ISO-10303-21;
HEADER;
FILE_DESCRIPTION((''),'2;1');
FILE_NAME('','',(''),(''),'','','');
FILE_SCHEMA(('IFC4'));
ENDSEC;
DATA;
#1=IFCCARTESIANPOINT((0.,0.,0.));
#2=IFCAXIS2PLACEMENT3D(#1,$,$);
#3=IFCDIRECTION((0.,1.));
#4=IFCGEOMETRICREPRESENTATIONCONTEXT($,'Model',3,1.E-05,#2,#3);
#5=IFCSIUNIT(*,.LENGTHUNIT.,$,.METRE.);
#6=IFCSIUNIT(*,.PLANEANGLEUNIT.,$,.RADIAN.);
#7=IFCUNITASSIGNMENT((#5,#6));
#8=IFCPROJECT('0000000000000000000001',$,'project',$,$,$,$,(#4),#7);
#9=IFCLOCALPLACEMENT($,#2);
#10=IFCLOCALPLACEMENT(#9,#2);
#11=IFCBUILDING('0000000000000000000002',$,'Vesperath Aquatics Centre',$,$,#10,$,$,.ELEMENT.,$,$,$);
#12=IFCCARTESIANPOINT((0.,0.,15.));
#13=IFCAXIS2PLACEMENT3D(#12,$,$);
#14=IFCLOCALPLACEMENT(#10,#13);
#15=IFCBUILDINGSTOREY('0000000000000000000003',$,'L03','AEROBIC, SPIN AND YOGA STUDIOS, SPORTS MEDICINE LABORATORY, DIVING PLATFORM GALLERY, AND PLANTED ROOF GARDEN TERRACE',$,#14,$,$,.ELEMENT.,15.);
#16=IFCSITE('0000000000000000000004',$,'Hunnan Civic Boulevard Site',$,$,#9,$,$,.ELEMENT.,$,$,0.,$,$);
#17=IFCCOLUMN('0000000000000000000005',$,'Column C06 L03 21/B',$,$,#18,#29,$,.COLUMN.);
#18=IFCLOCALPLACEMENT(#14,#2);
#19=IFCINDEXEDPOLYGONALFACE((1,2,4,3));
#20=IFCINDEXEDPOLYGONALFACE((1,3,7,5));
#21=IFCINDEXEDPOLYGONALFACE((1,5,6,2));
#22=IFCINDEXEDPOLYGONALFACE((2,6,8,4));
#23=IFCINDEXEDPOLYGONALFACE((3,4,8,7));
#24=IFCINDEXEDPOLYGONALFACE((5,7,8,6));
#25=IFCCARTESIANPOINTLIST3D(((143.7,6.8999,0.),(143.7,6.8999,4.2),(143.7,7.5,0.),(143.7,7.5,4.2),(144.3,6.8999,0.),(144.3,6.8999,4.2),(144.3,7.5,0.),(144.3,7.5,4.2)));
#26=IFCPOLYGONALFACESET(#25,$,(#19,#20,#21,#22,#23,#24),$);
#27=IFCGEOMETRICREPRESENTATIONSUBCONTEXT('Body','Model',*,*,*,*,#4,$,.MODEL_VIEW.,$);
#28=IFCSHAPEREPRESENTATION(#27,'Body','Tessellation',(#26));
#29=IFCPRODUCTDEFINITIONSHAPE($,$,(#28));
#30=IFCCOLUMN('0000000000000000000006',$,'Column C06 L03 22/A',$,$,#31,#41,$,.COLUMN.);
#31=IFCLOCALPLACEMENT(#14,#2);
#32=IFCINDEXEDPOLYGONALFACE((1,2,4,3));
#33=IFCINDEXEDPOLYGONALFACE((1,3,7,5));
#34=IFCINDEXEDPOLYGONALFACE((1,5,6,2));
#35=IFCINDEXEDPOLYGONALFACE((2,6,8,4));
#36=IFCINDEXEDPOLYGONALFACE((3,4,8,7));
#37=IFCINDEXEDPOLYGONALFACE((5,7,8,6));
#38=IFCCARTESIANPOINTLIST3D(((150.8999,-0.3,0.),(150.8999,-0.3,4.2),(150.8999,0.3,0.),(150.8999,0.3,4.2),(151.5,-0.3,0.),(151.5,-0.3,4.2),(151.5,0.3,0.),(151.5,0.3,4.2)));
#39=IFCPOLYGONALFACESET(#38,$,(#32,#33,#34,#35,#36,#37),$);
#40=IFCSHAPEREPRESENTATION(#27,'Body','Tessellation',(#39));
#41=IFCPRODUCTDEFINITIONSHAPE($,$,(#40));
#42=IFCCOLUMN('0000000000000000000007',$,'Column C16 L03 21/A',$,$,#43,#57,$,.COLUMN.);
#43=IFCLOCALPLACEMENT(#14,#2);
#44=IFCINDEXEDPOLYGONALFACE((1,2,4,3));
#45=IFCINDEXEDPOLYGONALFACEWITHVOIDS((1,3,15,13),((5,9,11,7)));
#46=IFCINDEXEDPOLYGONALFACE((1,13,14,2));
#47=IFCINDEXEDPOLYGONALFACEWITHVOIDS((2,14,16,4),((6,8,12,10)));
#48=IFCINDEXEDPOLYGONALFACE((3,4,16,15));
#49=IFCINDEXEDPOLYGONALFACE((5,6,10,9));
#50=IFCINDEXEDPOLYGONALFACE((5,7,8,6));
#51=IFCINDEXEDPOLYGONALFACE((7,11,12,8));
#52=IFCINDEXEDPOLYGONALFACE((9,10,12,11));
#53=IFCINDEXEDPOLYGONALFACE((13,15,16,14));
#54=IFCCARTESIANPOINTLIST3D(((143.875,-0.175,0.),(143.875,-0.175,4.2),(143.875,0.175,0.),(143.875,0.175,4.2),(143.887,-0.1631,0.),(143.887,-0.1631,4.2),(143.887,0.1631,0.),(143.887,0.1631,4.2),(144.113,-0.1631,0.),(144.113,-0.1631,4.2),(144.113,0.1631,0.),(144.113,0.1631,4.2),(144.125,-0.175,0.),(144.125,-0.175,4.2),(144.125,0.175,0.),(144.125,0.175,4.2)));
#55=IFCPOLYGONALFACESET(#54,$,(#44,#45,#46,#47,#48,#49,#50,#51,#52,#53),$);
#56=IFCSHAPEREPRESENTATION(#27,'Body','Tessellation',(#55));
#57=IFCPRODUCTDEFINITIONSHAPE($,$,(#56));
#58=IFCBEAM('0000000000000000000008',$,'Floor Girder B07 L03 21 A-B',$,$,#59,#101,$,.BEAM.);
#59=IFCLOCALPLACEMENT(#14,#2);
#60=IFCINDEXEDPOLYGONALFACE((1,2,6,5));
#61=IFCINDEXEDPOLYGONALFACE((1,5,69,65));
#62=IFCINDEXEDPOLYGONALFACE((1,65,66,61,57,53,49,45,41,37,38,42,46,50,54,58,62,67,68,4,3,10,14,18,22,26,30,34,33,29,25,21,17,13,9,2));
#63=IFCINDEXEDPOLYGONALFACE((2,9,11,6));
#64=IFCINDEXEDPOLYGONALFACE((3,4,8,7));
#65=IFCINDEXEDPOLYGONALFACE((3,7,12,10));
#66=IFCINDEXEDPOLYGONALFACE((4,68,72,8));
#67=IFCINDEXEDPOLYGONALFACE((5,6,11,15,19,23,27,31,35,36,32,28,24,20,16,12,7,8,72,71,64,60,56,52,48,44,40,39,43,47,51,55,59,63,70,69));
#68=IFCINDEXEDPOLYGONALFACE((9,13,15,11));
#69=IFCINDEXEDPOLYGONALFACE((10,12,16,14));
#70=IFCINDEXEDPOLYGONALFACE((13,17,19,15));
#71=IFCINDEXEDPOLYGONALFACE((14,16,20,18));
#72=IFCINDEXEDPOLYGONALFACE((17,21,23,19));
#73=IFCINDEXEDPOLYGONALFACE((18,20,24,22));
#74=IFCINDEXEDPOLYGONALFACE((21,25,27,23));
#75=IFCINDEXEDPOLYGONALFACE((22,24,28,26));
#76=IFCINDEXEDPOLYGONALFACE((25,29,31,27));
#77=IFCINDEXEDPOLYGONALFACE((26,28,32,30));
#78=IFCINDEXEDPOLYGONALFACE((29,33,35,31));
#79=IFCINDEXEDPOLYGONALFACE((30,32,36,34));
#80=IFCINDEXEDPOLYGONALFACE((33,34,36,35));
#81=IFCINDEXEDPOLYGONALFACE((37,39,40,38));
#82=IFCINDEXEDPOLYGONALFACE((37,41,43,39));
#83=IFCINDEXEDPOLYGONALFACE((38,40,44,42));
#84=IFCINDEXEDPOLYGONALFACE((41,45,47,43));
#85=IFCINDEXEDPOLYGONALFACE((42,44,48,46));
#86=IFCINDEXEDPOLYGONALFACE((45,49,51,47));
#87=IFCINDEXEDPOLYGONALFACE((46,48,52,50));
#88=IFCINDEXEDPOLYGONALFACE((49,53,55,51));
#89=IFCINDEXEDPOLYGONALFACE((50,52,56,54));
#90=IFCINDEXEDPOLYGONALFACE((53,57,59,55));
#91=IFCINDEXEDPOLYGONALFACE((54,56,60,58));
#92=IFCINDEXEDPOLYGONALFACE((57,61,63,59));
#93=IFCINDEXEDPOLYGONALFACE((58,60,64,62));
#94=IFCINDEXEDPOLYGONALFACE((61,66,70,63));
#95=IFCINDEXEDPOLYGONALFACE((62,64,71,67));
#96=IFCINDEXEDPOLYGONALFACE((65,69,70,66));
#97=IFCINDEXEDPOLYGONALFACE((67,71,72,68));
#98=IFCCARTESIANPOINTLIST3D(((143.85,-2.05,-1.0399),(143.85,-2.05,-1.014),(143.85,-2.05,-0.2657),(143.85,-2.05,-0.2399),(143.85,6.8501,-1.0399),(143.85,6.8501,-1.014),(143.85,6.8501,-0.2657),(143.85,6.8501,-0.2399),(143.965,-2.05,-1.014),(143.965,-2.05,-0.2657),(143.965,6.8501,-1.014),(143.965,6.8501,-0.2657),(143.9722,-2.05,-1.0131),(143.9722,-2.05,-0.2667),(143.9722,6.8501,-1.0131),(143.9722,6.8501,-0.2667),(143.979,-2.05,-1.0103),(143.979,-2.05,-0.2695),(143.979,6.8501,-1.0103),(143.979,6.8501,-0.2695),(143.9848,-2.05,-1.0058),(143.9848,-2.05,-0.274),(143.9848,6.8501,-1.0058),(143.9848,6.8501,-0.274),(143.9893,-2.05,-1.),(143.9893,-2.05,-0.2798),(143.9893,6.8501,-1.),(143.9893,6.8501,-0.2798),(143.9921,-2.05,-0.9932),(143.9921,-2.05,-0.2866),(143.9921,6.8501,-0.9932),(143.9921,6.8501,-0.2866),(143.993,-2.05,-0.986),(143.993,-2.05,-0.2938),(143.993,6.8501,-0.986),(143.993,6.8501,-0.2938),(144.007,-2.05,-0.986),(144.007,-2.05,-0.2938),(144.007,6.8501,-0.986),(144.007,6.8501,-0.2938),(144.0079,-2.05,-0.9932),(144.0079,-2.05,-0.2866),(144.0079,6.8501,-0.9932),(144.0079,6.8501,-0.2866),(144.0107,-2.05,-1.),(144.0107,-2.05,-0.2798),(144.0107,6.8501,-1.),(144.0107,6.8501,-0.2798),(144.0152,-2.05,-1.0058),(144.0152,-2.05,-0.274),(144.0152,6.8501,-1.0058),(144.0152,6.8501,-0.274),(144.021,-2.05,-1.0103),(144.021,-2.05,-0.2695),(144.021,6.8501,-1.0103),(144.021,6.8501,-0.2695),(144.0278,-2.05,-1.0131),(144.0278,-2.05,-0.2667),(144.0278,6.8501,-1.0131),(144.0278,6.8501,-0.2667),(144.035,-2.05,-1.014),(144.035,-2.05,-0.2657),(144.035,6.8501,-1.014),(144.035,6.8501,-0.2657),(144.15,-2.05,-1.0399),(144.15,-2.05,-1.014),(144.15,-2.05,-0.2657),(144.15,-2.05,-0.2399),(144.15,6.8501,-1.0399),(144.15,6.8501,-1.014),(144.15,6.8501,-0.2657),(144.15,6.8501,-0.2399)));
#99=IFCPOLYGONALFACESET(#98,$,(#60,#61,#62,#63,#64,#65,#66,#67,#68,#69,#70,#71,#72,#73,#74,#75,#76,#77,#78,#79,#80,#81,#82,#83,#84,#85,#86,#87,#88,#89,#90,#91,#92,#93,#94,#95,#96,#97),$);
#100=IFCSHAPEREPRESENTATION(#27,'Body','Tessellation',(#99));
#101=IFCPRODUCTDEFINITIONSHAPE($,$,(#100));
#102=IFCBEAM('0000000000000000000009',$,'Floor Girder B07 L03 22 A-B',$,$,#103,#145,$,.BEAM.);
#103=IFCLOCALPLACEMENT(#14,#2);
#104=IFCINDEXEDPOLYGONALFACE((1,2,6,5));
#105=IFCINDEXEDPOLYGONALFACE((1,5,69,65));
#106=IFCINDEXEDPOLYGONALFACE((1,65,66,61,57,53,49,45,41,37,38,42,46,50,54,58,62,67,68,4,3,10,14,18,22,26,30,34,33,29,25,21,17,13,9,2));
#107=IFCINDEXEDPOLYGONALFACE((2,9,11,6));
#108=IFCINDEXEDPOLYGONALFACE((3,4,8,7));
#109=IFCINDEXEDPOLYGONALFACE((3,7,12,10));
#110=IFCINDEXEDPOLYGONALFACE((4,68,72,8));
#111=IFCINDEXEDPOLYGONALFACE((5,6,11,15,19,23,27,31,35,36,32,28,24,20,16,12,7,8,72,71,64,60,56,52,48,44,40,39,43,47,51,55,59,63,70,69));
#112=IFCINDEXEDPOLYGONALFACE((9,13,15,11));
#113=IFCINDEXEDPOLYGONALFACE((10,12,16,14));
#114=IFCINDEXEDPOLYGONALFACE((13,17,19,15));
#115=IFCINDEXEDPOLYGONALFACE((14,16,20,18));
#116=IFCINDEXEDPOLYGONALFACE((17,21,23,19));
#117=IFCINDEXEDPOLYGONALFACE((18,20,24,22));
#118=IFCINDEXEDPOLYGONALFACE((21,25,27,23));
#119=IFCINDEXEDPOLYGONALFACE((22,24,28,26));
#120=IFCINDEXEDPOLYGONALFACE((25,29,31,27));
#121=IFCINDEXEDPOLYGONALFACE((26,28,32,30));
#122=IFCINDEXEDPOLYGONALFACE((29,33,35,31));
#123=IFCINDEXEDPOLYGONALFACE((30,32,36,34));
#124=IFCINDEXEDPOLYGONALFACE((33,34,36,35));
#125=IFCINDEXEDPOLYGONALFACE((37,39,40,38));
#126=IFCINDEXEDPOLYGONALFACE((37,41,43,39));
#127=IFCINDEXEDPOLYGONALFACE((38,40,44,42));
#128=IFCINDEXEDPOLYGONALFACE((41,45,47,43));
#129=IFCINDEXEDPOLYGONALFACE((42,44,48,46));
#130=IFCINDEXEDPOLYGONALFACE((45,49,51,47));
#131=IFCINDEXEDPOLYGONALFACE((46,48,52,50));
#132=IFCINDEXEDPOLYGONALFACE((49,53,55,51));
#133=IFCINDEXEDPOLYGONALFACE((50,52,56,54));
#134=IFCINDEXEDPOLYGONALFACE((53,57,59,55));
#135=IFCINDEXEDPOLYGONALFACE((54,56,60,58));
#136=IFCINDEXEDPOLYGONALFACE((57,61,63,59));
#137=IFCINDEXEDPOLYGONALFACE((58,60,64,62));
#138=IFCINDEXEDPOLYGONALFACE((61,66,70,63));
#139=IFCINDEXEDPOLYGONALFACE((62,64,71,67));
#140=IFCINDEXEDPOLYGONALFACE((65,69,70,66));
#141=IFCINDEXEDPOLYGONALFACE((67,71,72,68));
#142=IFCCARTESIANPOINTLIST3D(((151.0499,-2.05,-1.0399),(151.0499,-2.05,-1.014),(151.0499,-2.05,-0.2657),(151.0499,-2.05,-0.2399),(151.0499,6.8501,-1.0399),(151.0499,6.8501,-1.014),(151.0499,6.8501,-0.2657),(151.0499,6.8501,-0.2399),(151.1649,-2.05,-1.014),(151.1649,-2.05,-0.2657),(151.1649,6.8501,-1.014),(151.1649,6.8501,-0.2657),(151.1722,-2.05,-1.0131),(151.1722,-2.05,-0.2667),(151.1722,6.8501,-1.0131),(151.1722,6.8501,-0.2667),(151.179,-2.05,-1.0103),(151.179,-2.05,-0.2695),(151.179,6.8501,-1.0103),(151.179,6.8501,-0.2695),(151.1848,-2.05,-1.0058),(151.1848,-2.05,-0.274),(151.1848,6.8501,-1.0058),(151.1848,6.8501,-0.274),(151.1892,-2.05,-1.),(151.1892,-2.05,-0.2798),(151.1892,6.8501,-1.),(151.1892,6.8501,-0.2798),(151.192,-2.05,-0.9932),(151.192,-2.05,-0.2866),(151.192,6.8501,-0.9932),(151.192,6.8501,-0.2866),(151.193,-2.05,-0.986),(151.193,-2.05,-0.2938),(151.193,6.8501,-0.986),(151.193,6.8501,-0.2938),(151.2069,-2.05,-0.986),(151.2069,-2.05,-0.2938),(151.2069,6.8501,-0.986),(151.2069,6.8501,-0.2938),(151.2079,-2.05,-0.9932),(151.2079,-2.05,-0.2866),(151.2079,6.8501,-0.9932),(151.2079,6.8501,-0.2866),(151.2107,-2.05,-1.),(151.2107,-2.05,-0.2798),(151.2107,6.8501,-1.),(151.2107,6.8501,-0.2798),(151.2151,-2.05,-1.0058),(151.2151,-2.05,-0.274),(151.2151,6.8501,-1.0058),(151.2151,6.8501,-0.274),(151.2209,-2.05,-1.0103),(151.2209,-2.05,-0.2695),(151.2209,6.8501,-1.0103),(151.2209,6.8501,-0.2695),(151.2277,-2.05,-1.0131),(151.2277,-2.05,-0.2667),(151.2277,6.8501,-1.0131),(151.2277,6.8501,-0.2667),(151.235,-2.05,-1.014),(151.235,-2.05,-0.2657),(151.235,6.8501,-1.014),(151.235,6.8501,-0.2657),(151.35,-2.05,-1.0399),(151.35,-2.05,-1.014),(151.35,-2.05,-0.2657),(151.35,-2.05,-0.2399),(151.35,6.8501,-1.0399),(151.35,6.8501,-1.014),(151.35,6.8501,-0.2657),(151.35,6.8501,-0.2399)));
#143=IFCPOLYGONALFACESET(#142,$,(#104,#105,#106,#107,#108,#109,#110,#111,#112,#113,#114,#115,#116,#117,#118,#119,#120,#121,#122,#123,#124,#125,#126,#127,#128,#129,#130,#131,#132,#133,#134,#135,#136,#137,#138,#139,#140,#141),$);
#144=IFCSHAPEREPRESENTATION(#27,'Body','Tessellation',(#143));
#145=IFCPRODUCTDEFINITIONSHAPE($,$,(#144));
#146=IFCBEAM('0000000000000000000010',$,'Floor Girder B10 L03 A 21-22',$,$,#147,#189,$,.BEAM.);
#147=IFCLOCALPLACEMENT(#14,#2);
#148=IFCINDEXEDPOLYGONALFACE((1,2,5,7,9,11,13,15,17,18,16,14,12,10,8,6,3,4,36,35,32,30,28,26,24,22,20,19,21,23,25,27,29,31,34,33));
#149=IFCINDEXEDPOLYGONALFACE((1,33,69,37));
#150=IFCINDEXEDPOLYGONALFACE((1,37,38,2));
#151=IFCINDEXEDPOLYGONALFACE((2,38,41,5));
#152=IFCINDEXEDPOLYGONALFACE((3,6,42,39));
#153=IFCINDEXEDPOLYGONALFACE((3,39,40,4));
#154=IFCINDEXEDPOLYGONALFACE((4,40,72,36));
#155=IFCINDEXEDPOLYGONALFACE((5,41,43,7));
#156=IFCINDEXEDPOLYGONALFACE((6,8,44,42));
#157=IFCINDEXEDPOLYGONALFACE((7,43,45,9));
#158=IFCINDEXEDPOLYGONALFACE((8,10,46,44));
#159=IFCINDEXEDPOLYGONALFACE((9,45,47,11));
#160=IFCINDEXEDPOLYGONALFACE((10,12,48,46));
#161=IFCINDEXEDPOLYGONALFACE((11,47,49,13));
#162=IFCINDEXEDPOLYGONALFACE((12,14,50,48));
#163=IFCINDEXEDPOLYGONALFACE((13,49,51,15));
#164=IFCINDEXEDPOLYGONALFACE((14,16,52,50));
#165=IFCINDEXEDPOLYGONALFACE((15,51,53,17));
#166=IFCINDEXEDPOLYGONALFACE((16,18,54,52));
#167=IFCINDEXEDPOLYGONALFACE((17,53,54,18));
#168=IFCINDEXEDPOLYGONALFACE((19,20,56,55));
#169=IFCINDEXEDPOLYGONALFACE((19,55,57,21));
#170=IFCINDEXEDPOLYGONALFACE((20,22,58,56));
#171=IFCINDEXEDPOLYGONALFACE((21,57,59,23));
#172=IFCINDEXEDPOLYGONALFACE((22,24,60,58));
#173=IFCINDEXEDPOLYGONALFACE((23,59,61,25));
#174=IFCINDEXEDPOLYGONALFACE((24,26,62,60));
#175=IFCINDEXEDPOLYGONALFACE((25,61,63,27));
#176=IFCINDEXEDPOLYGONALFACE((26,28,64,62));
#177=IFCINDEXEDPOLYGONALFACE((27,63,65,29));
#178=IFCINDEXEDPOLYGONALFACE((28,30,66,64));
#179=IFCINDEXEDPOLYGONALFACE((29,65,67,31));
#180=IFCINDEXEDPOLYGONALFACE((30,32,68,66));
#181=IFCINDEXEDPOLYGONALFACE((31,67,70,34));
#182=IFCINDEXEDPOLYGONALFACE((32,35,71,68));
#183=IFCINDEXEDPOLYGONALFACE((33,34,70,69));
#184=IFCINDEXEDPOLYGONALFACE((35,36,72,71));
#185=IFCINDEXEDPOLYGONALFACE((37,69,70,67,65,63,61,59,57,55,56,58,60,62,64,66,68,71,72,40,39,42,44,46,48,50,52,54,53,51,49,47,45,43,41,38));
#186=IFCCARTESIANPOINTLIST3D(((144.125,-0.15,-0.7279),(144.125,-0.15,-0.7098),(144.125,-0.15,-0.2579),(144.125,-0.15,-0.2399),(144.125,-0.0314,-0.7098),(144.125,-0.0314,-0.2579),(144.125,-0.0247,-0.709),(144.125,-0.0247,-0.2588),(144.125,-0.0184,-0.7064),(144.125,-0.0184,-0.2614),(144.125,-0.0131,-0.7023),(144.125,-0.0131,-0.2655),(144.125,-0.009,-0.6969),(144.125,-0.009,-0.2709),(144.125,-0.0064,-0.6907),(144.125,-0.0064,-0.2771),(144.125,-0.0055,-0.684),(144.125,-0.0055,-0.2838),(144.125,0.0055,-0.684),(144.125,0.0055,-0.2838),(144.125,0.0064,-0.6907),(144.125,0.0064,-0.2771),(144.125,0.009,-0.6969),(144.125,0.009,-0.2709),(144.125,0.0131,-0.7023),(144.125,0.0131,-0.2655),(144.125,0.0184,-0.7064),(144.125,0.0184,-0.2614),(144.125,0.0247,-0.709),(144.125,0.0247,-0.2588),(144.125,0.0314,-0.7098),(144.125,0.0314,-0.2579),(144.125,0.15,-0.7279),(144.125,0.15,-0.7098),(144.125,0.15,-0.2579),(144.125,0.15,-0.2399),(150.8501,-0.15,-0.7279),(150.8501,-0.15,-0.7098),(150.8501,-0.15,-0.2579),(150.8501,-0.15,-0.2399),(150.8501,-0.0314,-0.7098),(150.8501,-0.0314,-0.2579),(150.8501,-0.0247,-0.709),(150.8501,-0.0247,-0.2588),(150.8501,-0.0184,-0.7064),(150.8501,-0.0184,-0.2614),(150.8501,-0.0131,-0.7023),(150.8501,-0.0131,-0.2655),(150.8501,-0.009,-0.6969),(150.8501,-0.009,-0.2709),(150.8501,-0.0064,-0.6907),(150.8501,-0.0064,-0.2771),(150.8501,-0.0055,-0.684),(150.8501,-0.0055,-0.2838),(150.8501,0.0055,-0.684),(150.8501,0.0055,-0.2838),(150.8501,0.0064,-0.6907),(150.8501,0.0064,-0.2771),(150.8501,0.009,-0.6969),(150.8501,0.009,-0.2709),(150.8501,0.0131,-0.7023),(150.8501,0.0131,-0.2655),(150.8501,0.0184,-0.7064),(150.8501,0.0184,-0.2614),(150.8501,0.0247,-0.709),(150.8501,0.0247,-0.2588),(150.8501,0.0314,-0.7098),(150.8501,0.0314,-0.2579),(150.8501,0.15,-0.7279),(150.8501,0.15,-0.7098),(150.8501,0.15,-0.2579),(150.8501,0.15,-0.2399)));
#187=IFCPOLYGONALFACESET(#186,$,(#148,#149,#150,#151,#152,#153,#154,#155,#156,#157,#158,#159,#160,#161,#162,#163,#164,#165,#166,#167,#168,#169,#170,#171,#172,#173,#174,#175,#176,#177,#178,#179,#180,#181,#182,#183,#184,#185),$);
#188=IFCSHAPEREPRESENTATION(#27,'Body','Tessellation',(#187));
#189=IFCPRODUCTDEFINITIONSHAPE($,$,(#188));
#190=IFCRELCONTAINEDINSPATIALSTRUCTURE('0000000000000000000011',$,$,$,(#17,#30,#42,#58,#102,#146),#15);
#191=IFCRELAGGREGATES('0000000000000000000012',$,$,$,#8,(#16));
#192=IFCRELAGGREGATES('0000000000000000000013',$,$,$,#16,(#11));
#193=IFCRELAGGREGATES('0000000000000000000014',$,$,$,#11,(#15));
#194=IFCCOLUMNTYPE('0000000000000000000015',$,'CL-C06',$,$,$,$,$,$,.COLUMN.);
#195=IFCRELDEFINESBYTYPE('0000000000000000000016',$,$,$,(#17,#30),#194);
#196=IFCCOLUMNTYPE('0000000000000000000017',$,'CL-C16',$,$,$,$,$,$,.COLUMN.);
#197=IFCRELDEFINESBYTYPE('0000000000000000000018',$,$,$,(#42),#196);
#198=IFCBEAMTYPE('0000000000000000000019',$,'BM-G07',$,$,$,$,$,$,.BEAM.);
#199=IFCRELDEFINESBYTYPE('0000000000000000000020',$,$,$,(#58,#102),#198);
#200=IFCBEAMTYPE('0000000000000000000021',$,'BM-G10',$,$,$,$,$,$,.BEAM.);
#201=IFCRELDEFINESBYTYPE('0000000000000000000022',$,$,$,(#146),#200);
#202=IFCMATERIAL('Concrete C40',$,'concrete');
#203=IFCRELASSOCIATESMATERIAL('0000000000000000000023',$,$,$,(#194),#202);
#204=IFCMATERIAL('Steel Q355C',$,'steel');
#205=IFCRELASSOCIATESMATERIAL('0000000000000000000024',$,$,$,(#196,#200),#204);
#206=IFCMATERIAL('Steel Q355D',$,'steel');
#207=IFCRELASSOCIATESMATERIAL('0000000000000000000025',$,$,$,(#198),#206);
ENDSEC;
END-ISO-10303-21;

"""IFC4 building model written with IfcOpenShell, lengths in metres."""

from ifc_helpers import new_model, si_unit, direction, frame, origin, origin_2d, place, context, subcontext, project, spatial, rectangle, hollow_rectangle, i_section, extrude, material, material_profile, profile_set, type_object, element, save


model = new_model("IFC4")

# Units and contexts
model_context = context("Model", 3, precision=1e-05, world=origin(), true_north=direction((0.0, 1.0)))
body_context = subcontext(model_context, "Body", "Model", "MODEL_VIEW")
ifc_project = project(units=[si_unit("LENGTHUNIT", "METRE"), si_unit("PLANEANGLEUNIT", "RADIAN")], contexts=[model_context])

# Site, building, storey
site_placement = place(None, origin())
site = spatial("IfcSite", under=ifc_project, at=site_placement, Name="Hunnan Civic Boulevard Site", CompositionType="ELEMENT", RefElevation=0.0)
building_placement = place(site_placement, origin())
building = spatial("IfcBuilding", under=site, at=building_placement, Name="Vesperath Aquatics Centre", CompositionType="ELEMENT")
storey_placement = place(building_placement, frame((0.0, 0.0, 15.0)))
storey = spatial("IfcBuildingStorey", under=building, at=storey_placement, Name="L03", Description="AEROBIC, SPIN AND YOGA STUDIOS, SPORTS MEDICINE LABORATORY, DIVING PLATFORM GALLERY, AND PLANTED ROOF GARDEN TERRACE", CompositionType="ELEMENT", Elevation=15.0)

# Columns
ifc_material_1 = material(Name="Concrete C40", Category="concrete")
ifc_material_profile_1 = material_profile(ifc_material_1, rectangle(XDim=0.6001, YDim=0.6001, at=origin_2d()), Name="RC 600x600")
ifc_profile_set_1 = profile_set([ifc_material_profile_1], Name="Concrete C40")
column_type_1 = type_object("IfcColumnType", Name="CL-C06", PredefinedType="COLUMN", material=ifc_profile_set_1)
for number, where, z_axis, x_axis, name in (
    (1, (144.0, 7.2, 0.0), (0.0, 0.0, 1.0), (1.0, 0.0, 0.0), "Column C06 L03 21/B"),
    (2, (151.2, 0.0, 0.0), (0.0, 0.0, 1.0), (1.0, 0.0, 0.0), "Column C06 L03 22/A"),
):
    element("IfcColumn", number, at=place(storey_placement, frame(where, z_axis=z_axis, x_axis=x_axis)), inside=storey, type_object=column_type_1, Name=name, PredefinedType="COLUMN", context=body_context, shape_type="SweptSolid", body=[
        extrude(rectangle(XDim=0.6001, YDim=0.6001, at=origin_2d()), origin(), (0.0, 0.0, 1.0), 4.2),
    ])
ifc_material_2 = material(Name="Steel Q355C", Category="steel")
ifc_material_profile_2 = material_profile(ifc_material_2, hollow_rectangle(XDim=0.25, YDim=0.3501, WallThickness=0.012, at=origin_2d()), Name="RHS 350x250x12")
ifc_profile_set_2 = profile_set([ifc_material_profile_2], Name="Steel Q355C")
column_type_2 = type_object("IfcColumnType", Name="CL-C16", PredefinedType="COLUMN", material=ifc_profile_set_2)
column_placement = place(storey_placement, frame((144.0, 0.0, 0.0), z_axis=(0.0, 0.0, 1.0), x_axis=(1.0, 0.0, 0.0)))
element("IfcColumn", 3, at=column_placement, inside=storey, type_object=column_type_2, Name="Column C16 L03 21/A", PredefinedType="COLUMN", context=body_context, shape_type="SweptSolid", body=[
    extrude(hollow_rectangle(XDim=0.25, YDim=0.3501, WallThickness=0.012, at=origin_2d()), origin(), (0.0, 0.0, 1.0), 4.2),
])

# Beams
ifc_material_3 = material(Name="Steel Q355D", Category="steel")
ifc_material_profile_3 = material_profile(ifc_material_3, i_section(OverallWidth=0.3, OverallDepth=0.8, WebThickness=0.0139, FlangeThickness=0.0259, FilletRadius=0.0281, at=origin_2d()), Name="HN 800x300x14x26")
ifc_profile_set_3 = profile_set([ifc_material_profile_3], Name="Steel Q355D")
beam_type_1 = type_object("IfcBeamType", Name="BM-G07", PredefinedType="BEAM", material=ifc_profile_set_3)
for number, where, z_axis, x_axis, name in (
    (4, (144.0, -2.05, -0.6399), (0.0, 1.0, 0.0), (-1.0, 0.0, 0.0), "Floor Girder B07 L03 21 A-B"),
    (5, (151.2, -2.05, -0.6399), (0.0, 1.0, 0.0), (-1.0, 0.0, 0.0), "Floor Girder B07 L03 22 A-B"),
):
    element("IfcBeam", number, at=place(storey_placement, frame(where, z_axis=z_axis, x_axis=x_axis)), inside=storey, type_object=beam_type_1, Name=name, PredefinedType="BEAM", context=body_context, shape_type="SweptSolid", body=[
        extrude(i_section(OverallWidth=0.3, OverallDepth=0.8, WebThickness=0.0139, FlangeThickness=0.0259, FilletRadius=0.0281, at=origin_2d()), origin(), (0.0, 0.0, 1.0), 8.9001),
    ])
ifc_material_profile_4 = material_profile(ifc_material_2, i_section(OverallWidth=0.3, OverallDepth=0.488, WebThickness=0.011, FlangeThickness=0.0181, FilletRadius=0.0259, at=origin_2d()), Name="HM 488x300x11x18")
ifc_profile_set_4 = profile_set([ifc_material_profile_4], Name="Steel Q355C")
beam_type_2 = type_object("IfcBeamType", Name="BM-G10", PredefinedType="BEAM", material=ifc_profile_set_4)
beam_placement = place(storey_placement, frame((144.125, 0.0, -0.4839), z_axis=(1.0, 0.0, 0.0), x_axis=(0.0, 1.0, 0.0)))
element("IfcBeam", 6, at=beam_placement, inside=storey, type_object=beam_type_2, Name="Floor Girder B10 L03 A 21-22", PredefinedType="BEAM", context=body_context, shape_type="SweptSolid", body=[
    extrude(i_section(OverallWidth=0.3, OverallDepth=0.488, WebThickness=0.011, FlangeThickness=0.0181, FilletRadius=0.0259, at=origin_2d()), origin(), (0.0, 0.0, 1.0), 6.7251),
])

save(model, "model.ifc")
